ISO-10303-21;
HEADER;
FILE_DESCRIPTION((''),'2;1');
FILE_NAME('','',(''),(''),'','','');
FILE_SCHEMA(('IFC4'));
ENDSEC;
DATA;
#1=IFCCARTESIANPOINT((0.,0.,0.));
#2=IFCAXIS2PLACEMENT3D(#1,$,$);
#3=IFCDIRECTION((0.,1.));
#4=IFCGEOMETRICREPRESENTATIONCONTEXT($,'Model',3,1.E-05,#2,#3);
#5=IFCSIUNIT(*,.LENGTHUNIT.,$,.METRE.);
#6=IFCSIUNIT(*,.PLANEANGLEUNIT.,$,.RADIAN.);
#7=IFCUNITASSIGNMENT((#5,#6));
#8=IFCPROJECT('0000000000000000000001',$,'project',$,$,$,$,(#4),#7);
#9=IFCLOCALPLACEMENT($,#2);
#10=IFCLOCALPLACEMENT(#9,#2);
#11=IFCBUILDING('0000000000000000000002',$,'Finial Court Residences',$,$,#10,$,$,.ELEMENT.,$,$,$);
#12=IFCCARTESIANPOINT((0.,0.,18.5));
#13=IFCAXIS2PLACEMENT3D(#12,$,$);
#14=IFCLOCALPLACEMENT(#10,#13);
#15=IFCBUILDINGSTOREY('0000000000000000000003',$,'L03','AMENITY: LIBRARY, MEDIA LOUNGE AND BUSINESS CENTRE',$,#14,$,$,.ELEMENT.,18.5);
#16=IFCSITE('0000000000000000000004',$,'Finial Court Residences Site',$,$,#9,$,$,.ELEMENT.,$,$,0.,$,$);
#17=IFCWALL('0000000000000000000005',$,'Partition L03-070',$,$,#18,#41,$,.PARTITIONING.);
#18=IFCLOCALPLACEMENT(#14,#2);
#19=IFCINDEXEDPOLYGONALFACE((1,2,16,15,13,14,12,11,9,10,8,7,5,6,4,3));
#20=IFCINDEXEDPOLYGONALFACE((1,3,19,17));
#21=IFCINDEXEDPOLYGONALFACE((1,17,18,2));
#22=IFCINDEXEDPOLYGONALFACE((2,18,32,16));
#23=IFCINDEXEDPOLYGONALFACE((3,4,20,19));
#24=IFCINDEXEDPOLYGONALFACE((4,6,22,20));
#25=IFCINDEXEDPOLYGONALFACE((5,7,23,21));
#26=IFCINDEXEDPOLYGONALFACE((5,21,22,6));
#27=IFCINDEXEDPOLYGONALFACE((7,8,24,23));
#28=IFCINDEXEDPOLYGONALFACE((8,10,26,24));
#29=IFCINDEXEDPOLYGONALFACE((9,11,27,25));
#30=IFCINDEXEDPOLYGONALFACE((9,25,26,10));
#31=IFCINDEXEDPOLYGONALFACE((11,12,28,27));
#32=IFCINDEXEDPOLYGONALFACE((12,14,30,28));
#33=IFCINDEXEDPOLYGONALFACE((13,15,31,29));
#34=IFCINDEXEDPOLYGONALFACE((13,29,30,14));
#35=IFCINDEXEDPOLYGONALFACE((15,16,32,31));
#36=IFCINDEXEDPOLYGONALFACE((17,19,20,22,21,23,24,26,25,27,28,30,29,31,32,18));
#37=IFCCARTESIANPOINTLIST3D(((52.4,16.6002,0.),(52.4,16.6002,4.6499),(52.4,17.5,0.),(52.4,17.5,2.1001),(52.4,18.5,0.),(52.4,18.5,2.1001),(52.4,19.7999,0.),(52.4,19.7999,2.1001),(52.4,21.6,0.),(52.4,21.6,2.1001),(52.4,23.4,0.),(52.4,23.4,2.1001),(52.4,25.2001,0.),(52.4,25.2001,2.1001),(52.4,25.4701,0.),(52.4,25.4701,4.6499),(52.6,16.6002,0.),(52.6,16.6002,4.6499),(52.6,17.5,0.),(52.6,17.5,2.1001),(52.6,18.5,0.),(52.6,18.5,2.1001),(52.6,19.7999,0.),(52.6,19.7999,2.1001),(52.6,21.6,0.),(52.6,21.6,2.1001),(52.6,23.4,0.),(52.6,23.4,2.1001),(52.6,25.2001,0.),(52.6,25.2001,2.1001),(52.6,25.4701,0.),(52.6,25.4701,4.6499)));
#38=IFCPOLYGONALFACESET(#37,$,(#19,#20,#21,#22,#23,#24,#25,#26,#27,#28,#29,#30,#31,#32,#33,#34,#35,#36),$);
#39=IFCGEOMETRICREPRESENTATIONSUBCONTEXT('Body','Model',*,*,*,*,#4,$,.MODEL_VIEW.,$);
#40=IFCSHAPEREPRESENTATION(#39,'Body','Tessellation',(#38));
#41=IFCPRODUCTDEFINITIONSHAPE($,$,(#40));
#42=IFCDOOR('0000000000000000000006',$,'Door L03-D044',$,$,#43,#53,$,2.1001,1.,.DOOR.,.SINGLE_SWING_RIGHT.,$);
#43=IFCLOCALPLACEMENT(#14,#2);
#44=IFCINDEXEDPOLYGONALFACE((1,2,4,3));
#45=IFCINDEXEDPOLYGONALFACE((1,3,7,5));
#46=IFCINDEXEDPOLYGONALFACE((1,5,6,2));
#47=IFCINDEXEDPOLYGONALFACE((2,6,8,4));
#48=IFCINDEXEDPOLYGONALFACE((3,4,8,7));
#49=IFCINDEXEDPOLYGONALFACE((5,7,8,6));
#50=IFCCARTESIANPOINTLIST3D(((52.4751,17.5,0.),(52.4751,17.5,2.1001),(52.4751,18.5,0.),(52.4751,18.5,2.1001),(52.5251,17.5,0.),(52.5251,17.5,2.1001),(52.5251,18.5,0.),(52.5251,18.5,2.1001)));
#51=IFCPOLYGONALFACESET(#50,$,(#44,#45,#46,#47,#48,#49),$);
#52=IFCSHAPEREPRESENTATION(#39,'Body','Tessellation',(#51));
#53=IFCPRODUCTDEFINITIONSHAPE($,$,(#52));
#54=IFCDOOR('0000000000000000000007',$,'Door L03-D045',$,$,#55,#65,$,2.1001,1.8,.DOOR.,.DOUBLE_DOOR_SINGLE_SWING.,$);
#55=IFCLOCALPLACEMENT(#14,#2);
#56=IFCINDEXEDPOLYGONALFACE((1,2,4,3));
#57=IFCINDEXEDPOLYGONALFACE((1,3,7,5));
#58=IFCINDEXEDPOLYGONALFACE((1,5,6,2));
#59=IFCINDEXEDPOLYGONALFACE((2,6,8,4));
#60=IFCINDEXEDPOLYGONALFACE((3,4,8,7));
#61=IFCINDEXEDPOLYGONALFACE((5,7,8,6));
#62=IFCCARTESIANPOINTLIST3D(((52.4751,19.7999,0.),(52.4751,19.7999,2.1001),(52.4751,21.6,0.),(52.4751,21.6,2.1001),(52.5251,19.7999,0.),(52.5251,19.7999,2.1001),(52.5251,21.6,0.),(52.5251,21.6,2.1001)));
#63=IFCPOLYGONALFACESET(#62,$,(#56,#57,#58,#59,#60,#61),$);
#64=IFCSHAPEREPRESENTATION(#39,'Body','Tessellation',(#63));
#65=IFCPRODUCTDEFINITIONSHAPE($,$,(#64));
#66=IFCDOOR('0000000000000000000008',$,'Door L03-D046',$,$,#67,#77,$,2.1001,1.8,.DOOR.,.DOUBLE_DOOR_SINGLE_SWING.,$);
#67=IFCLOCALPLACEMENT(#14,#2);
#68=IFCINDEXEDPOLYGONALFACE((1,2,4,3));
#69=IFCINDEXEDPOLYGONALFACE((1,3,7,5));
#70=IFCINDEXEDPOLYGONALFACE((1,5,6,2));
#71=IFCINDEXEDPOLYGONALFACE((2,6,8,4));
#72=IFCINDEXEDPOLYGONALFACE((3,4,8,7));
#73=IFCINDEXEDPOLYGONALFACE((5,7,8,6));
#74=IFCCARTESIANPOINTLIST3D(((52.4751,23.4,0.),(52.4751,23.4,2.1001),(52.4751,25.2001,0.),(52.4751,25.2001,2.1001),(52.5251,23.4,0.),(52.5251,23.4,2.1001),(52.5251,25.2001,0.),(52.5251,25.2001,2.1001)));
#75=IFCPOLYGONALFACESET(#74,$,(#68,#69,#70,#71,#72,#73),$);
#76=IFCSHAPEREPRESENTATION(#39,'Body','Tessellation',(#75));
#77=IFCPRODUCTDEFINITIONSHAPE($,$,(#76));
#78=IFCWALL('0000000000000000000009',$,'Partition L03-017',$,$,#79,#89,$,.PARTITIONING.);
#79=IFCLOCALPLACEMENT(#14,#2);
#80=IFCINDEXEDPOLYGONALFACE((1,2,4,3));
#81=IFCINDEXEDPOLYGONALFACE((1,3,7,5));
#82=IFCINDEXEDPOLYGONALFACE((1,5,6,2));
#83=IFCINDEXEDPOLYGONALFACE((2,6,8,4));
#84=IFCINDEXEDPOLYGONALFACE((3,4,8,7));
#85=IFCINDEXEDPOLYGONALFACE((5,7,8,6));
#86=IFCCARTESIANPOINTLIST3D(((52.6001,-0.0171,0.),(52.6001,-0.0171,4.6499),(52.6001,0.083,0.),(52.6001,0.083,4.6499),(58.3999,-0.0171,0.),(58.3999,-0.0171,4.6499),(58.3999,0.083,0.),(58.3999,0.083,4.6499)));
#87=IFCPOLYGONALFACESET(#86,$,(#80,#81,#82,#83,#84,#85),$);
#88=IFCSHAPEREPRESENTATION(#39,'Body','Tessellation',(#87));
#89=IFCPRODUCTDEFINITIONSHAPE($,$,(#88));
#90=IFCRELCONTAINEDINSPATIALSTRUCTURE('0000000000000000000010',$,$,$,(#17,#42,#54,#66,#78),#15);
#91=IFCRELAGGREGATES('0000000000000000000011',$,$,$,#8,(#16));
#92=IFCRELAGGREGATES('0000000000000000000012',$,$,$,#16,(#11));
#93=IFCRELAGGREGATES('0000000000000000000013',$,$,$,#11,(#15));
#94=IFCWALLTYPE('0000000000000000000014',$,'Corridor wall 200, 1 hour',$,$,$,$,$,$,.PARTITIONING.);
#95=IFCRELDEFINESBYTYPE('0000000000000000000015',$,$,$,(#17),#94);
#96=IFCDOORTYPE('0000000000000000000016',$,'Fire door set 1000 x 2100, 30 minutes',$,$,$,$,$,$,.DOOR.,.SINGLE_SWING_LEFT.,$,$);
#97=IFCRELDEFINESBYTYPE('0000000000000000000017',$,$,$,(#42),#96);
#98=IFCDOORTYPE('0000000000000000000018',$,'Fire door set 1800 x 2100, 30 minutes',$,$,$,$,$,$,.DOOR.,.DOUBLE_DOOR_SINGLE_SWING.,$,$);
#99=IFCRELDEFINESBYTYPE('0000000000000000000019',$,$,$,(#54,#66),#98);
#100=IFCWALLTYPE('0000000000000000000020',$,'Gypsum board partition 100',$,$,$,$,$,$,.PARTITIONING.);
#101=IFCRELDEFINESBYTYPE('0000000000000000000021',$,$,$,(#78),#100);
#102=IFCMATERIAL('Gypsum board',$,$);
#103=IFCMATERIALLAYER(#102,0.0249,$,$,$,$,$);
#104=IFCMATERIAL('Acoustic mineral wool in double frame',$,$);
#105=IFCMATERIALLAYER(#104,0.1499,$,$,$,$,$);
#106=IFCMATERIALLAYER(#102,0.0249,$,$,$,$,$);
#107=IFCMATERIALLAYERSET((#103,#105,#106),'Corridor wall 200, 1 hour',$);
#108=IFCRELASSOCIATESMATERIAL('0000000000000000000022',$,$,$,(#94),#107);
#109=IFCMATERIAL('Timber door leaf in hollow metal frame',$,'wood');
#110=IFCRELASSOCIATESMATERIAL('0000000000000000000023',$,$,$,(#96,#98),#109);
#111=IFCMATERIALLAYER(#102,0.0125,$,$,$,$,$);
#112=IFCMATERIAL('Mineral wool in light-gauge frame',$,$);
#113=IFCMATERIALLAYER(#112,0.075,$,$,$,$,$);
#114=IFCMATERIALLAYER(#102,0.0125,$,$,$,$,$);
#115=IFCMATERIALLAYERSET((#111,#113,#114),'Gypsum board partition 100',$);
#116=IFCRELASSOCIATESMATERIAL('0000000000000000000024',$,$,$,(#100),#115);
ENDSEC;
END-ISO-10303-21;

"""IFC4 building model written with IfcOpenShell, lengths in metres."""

from ifc_helpers import new_model, si_unit, direction, frame, frame_2d, origin, place, context, subcontext, project, spatial, rectangle, extrude, material, layer, layer_set, type_object, element, fill, save


model = new_model("IFC4")

# Units and contexts
model_context = context("Model", 3, precision=1e-05, world=origin(), true_north=direction((0.0, 1.0)))
body_context = subcontext(model_context, "Body", "Model", "MODEL_VIEW")
ifc_project = project(units=[si_unit("LENGTHUNIT", "METRE"), si_unit("PLANEANGLEUNIT", "RADIAN")], contexts=[model_context])

# Site, building, storey
site_placement = place(None, origin())
site = spatial("IfcSite", under=ifc_project, at=site_placement, Name="Finial Court Residences Site", CompositionType="ELEMENT", RefElevation=0.0)
building_placement = place(site_placement, origin())
building = spatial("IfcBuilding", under=site, at=building_placement, Name="Finial Court Residences", CompositionType="ELEMENT")
storey_placement = place(building_placement, frame((0.0, 0.0, 18.5)))
storey = spatial("IfcBuildingStorey", under=building, at=storey_placement, Name="L03", Description="AMENITY: LIBRARY, MEDIA LOUNGE AND BUSINESS CENTRE", CompositionType="ELEMENT", Elevation=18.5)

# Shared definitions
ifc_material_1 = material(Name="Gypsum board")
ifc_layer_1 = layer(ifc_material_1, 0.0249)
ifc_material_2 = material(Name="Acoustic mineral wool in double frame")
ifc_layer_2 = layer(ifc_material_2, 0.1499)
ifc_layer_3 = layer(ifc_material_1, 0.0249)
ifc_layer_set_1 = layer_set([ifc_layer_1, ifc_layer_2, ifc_layer_3], Name="Corridor wall 200, 1 hour")
wall_type_1 = type_object("IfcWallType", Name="Corridor wall 200, 1 hour", PredefinedType="PARTITIONING", material=ifc_layer_set_1)

# Wall, openings, doors
wall_1_placement = place(storey_placement, frame((52.5, 16.6001, 0.0), z_axis=(0.0, 0.0, 1.0), x_axis=(0.0, 1.0, 0.0)))
wall_1 = element("IfcWall", 1, at=wall_1_placement, inside=storey, type_object=wall_type_1, Name="Partition L03-070", PredefinedType="PARTITIONING", context=body_context, shape_type="SweptSolid", body=[
    extrude(rectangle(XDim=8.8699, YDim=0.2, at=frame_2d((4.4351, 0.0))), origin(), (0.0, 0.0, 1.0), 4.6499),
])
opening_1_placement = place(wall_1_placement, frame((0.8999, 0.0, 0.0)))
opening_1 = element("IfcOpeningElement", 2, at=opening_1_placement, cuts=wall_1, PredefinedType="OPENING", context=body_context, shape_type="SweptSolid", body=[
    extrude(rectangle(XDim=1.0, YDim=2.1001, at=frame_2d((0.5, 1.05))), frame((0.0, 0.1099, 0.0), z_axis=(0.0, -1.0, 0.0), x_axis=(1.0, 0.0, 0.0)), (0.0, 0.0, 1.0), 0.22),
])
opening_2_placement = place(wall_1_placement, frame((3.2, 0.0, 0.0)))
opening_2 = element("IfcOpeningElement", 3, at=opening_2_placement, cuts=wall_1, PredefinedType="OPENING", context=body_context, shape_type="SweptSolid", body=[
    extrude(rectangle(XDim=1.8, YDim=2.1001, at=frame_2d((0.8999, 1.05))), frame((0.0, 0.1099, 0.0), z_axis=(0.0, -1.0, 0.0), x_axis=(1.0, 0.0, 0.0)), (0.0, 0.0, 1.0), 0.22),
])
opening_3_placement = place(wall_1_placement, frame((6.8, 0.0, 0.0)))
opening_3 = element("IfcOpeningElement", 4, at=opening_3_placement, cuts=wall_1, PredefinedType="OPENING", context=body_context, shape_type="SweptSolid", body=[
    extrude(rectangle(XDim=1.8, YDim=2.1001, at=frame_2d((0.8999, 1.05))), frame((0.0, 0.1099, 0.0), z_axis=(0.0, -1.0, 0.0), x_axis=(1.0, 0.0, 0.0)), (0.0, 0.0, 1.0), 0.22),
])
ifc_material_3 = material(Name="Timber door leaf in hollow metal frame", Category="wood")
door_type_1 = type_object("IfcDoorType", Name="Fire door set 1000 x 2100, 30 minutes", OperationType="SINGLE_SWING_LEFT", PredefinedType="DOOR", material=ifc_material_3)
door_1_placement = place(opening_1_placement, origin())
door_1 = element("IfcDoor", 5, at=door_1_placement, inside=storey, type_object=door_type_1, Name="Door L03-D044", OperationType="SINGLE_SWING_RIGHT", OverallHeight=2.1001, OverallWidth=1.0, PredefinedType="DOOR", context=body_context, shape_type="SweptSolid", body=[
    extrude(rectangle(XDim=1.0, YDim=2.1001, at=frame_2d((0.5, 1.05))), frame((0.0, 0.0249, 0.0), z_axis=(0.0, -1.0, 0.0), x_axis=(1.0, 0.0, 0.0)), (0.0, 0.0, 1.0), 0.05),
])
fill(opening_1, door_1)
door_type_2 = type_object("IfcDoorType", Name="Fire door set 1800 x 2100, 30 minutes", OperationType="DOUBLE_DOOR_SINGLE_SWING", PredefinedType="DOOR", material=ifc_material_3)
door_2_placement = place(opening_2_placement, origin())
door_2 = element("IfcDoor", 6, at=door_2_placement, inside=storey, type_object=door_type_2, Name="Door L03-D045", OperationType="DOUBLE_DOOR_SINGLE_SWING", OverallHeight=2.1001, OverallWidth=1.8, PredefinedType="DOOR", context=body_context, shape_type="SweptSolid", body=[
    extrude(rectangle(XDim=1.8, YDim=2.1001, at=frame_2d((0.8999, 1.05))), frame((0.0, 0.0249, 0.0), z_axis=(0.0, -1.0, 0.0), x_axis=(1.0, 0.0, 0.0)), (0.0, 0.0, 1.0), 0.05),
])
fill(opening_2, door_2)
door_3_placement = place(opening_3_placement, origin())
door_3 = element("IfcDoor", 7, at=door_3_placement, inside=storey, type_object=door_type_2, Name="Door L03-D046", OperationType="DOUBLE_DOOR_SINGLE_SWING", OverallHeight=2.1001, OverallWidth=1.8, PredefinedType="DOOR", context=body_context, shape_type="SweptSolid", body=[
    extrude(rectangle(XDim=1.8, YDim=2.1001, at=frame_2d((0.8999, 1.05))), frame((0.0, 0.0249, 0.0), z_axis=(0.0, -1.0, 0.0), x_axis=(1.0, 0.0, 0.0)), (0.0, 0.0, 1.0), 0.05),
])
fill(opening_3, door_3)

# Wall
ifc_layer_4 = layer(ifc_material_1, 0.0125)
ifc_material_4 = material(Name="Mineral wool in light-gauge frame")
ifc_layer_5 = layer(ifc_material_4, 0.075)
ifc_layer_6 = layer(ifc_material_1, 0.0125)
ifc_layer_set_2 = layer_set([ifc_layer_4, ifc_layer_5, ifc_layer_6], Name="Gypsum board partition 100")
wall_type_2 = type_object("IfcWallType", Name="Gypsum board partition 100", PredefinedType="PARTITIONING", material=ifc_layer_set_2)
wall_2_placement = place(storey_placement, frame((52.6001, 0.033, 0.0), z_axis=(0.0, 0.0, 1.0), x_axis=(1.0, 0.0, 0.0)))
element("IfcWall", 8, at=wall_2_placement, inside=storey, type_object=wall_type_2, Name="Partition L03-017", PredefinedType="PARTITIONING", context=body_context, shape_type="SweptSolid", body=[
    extrude(rectangle(XDim=5.7998, YDim=0.1001, at=frame_2d((2.8999, 0.0))), origin(), (0.0, 0.0, 1.0), 4.6499),
])

save(model, "model.ifc")
